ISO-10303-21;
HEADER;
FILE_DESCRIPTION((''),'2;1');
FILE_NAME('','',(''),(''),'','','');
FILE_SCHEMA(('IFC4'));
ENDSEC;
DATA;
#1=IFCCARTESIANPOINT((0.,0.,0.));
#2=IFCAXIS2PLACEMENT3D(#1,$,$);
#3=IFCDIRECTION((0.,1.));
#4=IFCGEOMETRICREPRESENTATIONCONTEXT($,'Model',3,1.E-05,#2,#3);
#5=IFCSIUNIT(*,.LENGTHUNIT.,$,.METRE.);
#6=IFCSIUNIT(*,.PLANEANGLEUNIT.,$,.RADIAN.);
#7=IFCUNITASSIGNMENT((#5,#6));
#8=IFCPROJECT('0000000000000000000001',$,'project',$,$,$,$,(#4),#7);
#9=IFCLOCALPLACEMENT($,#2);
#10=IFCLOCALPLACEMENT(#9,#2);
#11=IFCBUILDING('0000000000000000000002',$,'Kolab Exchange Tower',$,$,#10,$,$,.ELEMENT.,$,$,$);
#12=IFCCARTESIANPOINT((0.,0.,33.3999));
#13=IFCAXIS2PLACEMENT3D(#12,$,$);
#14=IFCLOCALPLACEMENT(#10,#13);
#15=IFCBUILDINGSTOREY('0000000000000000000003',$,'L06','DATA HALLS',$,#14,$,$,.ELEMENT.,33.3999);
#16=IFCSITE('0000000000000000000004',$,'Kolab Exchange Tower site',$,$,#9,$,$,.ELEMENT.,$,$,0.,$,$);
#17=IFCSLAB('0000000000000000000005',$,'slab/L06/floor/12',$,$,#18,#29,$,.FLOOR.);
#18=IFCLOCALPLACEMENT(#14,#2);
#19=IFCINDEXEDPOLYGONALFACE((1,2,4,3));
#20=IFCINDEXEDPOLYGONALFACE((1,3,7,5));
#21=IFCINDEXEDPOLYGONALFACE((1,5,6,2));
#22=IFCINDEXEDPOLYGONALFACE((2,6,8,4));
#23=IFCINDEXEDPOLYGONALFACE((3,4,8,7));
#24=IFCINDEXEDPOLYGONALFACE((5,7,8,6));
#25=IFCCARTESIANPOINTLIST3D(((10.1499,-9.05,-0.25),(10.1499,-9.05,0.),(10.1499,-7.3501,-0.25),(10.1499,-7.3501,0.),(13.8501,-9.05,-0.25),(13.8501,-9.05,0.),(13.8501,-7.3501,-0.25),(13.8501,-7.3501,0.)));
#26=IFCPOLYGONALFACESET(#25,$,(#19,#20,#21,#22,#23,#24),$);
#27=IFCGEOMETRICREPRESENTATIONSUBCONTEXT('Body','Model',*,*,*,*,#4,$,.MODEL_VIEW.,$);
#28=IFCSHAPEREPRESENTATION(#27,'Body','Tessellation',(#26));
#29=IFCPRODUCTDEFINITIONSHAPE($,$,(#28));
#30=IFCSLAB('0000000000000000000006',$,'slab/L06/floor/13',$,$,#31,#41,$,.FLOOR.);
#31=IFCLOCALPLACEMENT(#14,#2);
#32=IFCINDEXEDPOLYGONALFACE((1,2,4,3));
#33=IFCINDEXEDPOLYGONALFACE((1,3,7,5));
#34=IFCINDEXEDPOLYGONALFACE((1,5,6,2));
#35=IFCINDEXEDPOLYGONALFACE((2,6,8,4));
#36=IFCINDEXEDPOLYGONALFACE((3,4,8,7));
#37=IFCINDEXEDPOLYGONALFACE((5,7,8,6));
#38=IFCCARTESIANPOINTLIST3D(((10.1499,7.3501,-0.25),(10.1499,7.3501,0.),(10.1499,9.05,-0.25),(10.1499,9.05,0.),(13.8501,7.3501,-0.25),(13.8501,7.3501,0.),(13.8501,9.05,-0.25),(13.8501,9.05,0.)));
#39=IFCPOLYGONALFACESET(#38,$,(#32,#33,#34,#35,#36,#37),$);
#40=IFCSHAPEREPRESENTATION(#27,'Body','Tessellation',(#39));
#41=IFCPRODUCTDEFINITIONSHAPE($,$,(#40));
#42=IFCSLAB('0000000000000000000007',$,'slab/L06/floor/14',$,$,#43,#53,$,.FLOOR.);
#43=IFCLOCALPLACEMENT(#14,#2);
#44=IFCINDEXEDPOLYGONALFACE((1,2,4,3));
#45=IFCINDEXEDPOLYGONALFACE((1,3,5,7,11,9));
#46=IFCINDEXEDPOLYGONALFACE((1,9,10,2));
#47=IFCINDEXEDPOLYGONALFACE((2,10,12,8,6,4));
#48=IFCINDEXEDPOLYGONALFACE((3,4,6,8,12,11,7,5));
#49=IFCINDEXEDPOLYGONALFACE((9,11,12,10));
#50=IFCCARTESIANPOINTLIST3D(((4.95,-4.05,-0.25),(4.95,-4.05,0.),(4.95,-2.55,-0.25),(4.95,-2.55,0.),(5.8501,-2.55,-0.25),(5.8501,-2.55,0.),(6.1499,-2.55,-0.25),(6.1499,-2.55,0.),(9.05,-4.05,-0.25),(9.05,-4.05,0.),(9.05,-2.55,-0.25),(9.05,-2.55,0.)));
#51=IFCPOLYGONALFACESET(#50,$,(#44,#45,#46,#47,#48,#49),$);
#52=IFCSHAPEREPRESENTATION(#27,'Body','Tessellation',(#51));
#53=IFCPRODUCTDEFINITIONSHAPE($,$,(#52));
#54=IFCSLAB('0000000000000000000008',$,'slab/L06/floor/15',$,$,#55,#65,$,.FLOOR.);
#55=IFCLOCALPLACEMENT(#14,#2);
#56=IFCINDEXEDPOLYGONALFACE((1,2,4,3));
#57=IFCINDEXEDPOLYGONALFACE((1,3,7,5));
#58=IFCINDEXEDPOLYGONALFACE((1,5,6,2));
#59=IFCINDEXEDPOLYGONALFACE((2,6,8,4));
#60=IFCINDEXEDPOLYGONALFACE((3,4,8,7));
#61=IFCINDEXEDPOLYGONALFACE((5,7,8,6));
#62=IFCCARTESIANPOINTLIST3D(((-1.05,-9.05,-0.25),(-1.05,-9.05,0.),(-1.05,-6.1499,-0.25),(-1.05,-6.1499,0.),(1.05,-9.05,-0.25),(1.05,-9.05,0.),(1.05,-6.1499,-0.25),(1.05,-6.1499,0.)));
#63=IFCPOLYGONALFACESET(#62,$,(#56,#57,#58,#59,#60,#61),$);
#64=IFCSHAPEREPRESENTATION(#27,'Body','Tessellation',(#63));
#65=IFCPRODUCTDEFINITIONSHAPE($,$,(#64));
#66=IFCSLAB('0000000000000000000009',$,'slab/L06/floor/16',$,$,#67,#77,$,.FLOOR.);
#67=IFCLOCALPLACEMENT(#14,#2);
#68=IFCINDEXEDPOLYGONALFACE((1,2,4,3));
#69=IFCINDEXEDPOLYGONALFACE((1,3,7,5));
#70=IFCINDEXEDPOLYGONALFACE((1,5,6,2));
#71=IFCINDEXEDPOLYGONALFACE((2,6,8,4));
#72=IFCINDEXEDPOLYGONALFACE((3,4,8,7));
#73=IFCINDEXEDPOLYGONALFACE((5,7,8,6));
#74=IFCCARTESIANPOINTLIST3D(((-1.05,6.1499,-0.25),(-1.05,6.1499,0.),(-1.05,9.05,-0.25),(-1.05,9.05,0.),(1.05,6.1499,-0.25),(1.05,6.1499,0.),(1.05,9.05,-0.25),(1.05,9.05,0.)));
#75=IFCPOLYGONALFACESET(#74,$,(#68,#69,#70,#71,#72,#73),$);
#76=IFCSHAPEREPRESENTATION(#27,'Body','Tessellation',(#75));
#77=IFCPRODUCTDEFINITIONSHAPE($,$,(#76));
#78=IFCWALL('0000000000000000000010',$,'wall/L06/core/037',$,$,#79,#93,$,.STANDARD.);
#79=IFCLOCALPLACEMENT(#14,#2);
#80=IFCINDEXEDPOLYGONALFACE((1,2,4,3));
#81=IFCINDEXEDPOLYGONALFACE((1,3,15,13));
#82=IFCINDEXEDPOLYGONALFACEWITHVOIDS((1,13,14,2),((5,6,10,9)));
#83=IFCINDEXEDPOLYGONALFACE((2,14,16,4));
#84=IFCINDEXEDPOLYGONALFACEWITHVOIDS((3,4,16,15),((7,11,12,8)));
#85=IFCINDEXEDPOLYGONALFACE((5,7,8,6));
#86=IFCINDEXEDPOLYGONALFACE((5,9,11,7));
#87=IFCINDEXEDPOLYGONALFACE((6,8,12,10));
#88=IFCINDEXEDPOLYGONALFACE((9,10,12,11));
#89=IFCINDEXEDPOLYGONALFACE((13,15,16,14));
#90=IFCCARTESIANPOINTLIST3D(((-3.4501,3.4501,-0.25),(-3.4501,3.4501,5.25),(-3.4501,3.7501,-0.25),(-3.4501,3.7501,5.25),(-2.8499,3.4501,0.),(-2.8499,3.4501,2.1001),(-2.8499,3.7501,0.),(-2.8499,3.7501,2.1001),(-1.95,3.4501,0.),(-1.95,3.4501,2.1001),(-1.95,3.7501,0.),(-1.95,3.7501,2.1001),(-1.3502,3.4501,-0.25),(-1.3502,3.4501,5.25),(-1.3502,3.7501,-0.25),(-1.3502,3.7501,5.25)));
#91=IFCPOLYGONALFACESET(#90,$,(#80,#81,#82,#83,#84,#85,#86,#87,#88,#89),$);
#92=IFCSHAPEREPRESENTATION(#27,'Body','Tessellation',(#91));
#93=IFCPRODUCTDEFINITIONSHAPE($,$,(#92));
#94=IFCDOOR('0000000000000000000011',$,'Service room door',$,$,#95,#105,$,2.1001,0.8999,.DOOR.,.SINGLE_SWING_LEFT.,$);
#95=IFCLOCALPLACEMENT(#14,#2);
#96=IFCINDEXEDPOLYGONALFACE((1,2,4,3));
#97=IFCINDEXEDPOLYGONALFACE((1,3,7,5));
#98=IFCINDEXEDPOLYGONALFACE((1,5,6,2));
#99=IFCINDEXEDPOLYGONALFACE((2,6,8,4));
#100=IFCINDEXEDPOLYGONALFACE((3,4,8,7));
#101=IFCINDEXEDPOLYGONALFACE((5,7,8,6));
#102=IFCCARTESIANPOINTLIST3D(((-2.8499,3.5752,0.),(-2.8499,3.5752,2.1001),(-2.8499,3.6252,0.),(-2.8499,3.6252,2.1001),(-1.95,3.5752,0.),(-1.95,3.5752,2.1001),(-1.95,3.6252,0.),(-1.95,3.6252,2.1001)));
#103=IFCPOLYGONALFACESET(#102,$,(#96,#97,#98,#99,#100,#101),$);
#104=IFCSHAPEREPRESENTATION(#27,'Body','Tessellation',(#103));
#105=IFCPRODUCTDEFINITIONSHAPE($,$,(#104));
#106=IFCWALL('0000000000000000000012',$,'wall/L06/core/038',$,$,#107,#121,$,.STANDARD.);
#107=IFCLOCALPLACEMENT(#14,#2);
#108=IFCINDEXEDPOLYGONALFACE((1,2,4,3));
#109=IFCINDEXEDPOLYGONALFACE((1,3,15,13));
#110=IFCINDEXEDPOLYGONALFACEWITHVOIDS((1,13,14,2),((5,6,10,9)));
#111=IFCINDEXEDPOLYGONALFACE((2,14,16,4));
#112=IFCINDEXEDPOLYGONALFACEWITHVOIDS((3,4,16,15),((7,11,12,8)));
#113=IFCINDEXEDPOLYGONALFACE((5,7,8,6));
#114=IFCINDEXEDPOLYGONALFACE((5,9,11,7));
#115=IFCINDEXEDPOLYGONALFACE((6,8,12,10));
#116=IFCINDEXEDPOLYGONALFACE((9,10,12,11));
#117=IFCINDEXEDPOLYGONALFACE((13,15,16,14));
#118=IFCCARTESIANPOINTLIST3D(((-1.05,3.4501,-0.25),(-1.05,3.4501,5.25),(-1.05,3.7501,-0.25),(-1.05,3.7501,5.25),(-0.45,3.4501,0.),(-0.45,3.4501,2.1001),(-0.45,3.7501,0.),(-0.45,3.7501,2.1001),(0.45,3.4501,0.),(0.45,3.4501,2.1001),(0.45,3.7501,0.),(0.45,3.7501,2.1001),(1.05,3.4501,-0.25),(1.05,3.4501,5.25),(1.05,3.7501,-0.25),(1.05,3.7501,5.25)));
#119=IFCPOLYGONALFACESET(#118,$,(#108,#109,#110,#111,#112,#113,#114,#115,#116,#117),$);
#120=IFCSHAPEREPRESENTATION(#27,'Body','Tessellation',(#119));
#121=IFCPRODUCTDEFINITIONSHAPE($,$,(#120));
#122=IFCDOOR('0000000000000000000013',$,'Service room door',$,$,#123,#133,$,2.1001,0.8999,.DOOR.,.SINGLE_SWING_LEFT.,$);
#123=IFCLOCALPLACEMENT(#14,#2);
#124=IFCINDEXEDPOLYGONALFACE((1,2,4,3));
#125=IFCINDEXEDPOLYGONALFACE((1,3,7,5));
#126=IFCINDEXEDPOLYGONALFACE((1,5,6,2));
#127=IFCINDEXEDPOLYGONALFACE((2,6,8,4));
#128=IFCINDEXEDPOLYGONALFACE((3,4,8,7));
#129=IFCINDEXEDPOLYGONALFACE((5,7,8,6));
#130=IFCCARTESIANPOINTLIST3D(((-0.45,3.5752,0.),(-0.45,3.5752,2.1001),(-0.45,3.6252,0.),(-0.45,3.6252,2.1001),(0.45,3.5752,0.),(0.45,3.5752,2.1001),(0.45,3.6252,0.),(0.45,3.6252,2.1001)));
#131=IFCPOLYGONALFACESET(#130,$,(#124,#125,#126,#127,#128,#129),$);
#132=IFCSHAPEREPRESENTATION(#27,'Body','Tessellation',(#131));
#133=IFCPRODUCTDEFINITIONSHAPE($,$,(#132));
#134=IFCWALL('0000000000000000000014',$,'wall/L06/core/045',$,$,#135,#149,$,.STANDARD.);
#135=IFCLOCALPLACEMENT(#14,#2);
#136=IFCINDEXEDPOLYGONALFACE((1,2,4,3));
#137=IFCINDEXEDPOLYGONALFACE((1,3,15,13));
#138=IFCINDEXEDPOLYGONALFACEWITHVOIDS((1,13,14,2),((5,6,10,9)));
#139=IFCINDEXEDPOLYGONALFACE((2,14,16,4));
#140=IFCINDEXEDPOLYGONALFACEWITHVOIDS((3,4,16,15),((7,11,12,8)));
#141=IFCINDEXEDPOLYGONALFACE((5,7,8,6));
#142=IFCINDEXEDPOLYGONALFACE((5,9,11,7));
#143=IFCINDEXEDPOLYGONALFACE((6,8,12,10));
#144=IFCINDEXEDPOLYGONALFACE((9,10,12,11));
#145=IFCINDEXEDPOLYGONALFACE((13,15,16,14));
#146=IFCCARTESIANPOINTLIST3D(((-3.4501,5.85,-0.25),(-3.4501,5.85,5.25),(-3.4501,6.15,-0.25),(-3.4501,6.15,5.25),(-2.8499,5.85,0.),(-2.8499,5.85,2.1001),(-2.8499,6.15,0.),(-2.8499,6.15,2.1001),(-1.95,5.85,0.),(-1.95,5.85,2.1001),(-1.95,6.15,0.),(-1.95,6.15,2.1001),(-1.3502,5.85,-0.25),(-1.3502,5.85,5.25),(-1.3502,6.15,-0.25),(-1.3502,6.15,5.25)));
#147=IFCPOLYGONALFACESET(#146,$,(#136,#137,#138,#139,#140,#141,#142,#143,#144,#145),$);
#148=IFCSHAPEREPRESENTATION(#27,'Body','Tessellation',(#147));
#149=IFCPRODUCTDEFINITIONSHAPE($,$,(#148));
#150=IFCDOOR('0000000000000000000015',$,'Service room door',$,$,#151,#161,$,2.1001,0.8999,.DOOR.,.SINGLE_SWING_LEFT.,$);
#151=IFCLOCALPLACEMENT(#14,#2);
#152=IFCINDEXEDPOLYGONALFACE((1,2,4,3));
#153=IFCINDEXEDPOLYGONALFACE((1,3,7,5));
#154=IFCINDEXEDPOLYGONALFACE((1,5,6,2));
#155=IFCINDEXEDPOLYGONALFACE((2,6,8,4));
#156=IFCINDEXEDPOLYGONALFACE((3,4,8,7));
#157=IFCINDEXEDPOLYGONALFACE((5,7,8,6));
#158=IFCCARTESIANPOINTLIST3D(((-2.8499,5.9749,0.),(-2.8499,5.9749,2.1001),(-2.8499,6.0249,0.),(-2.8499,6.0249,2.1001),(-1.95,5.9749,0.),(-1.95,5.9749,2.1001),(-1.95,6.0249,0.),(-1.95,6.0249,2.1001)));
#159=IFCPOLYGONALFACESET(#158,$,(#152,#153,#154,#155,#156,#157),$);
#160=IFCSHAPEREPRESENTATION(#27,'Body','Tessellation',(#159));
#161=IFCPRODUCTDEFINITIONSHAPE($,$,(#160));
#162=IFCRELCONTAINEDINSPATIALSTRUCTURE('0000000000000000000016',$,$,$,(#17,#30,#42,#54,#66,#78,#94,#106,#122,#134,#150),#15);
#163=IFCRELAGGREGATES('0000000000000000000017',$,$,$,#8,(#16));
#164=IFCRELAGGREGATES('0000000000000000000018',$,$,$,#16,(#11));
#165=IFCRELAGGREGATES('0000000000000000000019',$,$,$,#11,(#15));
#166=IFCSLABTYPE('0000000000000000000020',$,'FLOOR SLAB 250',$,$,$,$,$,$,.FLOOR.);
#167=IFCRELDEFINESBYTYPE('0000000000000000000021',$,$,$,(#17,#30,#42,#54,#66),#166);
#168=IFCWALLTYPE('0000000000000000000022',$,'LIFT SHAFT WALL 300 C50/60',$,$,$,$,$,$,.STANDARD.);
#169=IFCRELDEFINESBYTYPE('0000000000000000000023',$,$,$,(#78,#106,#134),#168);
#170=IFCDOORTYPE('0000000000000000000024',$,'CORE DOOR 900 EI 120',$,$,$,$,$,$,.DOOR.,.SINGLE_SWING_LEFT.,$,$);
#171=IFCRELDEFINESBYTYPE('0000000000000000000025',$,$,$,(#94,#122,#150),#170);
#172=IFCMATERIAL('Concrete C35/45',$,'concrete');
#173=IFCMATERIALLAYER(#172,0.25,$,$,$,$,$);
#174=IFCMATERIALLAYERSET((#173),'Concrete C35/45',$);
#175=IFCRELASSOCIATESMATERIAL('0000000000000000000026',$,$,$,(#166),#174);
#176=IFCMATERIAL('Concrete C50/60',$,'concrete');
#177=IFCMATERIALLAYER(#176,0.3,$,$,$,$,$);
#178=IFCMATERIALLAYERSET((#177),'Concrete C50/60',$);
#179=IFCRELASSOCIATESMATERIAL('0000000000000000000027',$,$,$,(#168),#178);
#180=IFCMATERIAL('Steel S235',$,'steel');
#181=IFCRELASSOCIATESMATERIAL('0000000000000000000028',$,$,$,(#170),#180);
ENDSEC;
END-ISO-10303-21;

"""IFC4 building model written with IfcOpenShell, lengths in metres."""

from ifc_helpers import new_model, si_unit, direction, frame, frame_2d, origin, place, context, subcontext, project, spatial, polyline, rectangle, outline, extrude, material, layer, layer_set, type_object, element, fill, save


model = new_model("IFC4")

# Units and contexts
model_context = context("Model", 3, precision=1e-05, world=origin(), true_north=direction((0.0, 1.0)))
body_context = subcontext(model_context, "Body", "Model", "MODEL_VIEW")
ifc_project = project(units=[si_unit("LENGTHUNIT", "METRE"), si_unit("PLANEANGLEUNIT", "RADIAN")], contexts=[model_context])

# Site, building, storey
site_placement = place(None, origin())
site = spatial("IfcSite", under=ifc_project, at=site_placement, Name="Kolab Exchange Tower site", CompositionType="ELEMENT", RefElevation=0.0)
building_placement = place(site_placement, origin())
building = spatial("IfcBuilding", under=site, at=building_placement, Name="Kolab Exchange Tower", CompositionType="ELEMENT")
storey_placement = place(building_placement, frame((0.0, 0.0, 33.3999)))
storey = spatial("IfcBuildingStorey", under=building, at=storey_placement, Name="L06", Description="DATA HALLS", CompositionType="ELEMENT", Elevation=33.3999)

# Slabs
ifc_material_1 = material(Name="Concrete C35/45", Category="concrete")
ifc_layer_1 = layer(ifc_material_1, 0.25)
ifc_layer_set_1 = layer_set([ifc_layer_1], Name="Concrete C35/45")
slab_type = type_object("IfcSlabType", Name="FLOOR SLAB 250", PredefinedType="FLOOR", material=ifc_layer_set_1)
slab_1_placement = place(storey_placement, frame((0.0, 0.0, -0.25)))
element("IfcSlab", 1, at=slab_1_placement, inside=storey, type_object=slab_type, Name="slab/L06/floor/12", PredefinedType="FLOOR", context=body_context, shape_type="SweptSolid", body=[
    extrude(outline(polyline([(10.1499, -7.3501), (10.1499, -9.05), (13.8501, -9.05), (13.8501, -7.3501), (10.1499, -7.3501)])), origin(), (0.0, 0.0, 1.0), 0.25),
])
slab_2_placement = place(storey_placement, frame((0.0, 0.0, -0.25)))
element("IfcSlab", 2, at=slab_2_placement, inside=storey, type_object=slab_type, Name="slab/L06/floor/13", PredefinedType="FLOOR", context=body_context, shape_type="SweptSolid", body=[
    extrude(outline(polyline([(10.1499, 7.3501), (13.8501, 7.3501), (13.8501, 9.05), (10.1499, 9.05), (10.1499, 7.3501)])), origin(), (0.0, 0.0, 1.0), 0.25),
])
slab_3_placement = place(storey_placement, frame((0.0, 0.0, -0.25)))
element("IfcSlab", 3, at=slab_3_placement, inside=storey, type_object=slab_type, Name="slab/L06/floor/14", PredefinedType="FLOOR", context=body_context, shape_type="SweptSolid", body=[
    extrude(outline(polyline([(9.05, -4.05), (9.05, -2.55), (6.1499, -2.55), (5.8501, -2.55), (4.95, -2.55), (4.95, -4.05), (9.05, -4.05)])), origin(), (0.0, 0.0, 1.0), 0.25),
])
slab_4_placement = place(storey_placement, frame((0.0, 0.0, -0.25)))
element("IfcSlab", 4, at=slab_4_placement, inside=storey, type_object=slab_type, Name="slab/L06/floor/15", PredefinedType="FLOOR", context=body_context, shape_type="SweptSolid", body=[
    extrude(outline(polyline([(1.05, -6.1499), (-1.05, -6.1499), (-1.05, -9.05), (1.05, -9.05), (1.05, -6.1499)])), origin(), (0.0, 0.0, 1.0), 0.25),
])
slab_5_placement = place(storey_placement, frame((0.0, 0.0, -0.25)))
element("IfcSlab", 5, at=slab_5_placement, inside=storey, type_object=slab_type, Name="slab/L06/floor/16", PredefinedType="FLOOR", context=body_context, shape_type="SweptSolid", body=[
    extrude(outline(polyline([(-1.05, 9.05), (-1.05, 6.1499), (1.05, 6.1499), (1.05, 9.05), (-1.05, 9.05)])), origin(), (0.0, 0.0, 1.0), 0.25),
])

# Walls, openings, doors
ifc_material_2 = material(Name="Concrete C50/60", Category="concrete")
ifc_layer_2 = layer(ifc_material_2, 0.3)
ifc_layer_set_2 = layer_set([ifc_layer_2], Name="Concrete C50/60")
wall_type = type_object("IfcWallType", Name="LIFT SHAFT WALL 300 C50/60", PredefinedType="STANDARD", material=ifc_layer_set_2)
wall_1_placement = place(storey_placement, frame((-3.45, 3.6001, -0.25), z_axis=(0.0, 0.0, 1.0), x_axis=(1.0, 0.0, 0.0)))
wall_1 = element("IfcWall", 6, at=wall_1_placement, inside=storey, type_object=wall_type, Name="wall/L06/core/037", PredefinedType="STANDARD", context=body_context, shape_type="SweptSolid", body=[
    extrude(rectangle(XDim=2.0999, YDim=0.3, at=frame_2d((1.0498, 0.0))), origin(), (0.0, 0.0, 1.0), 5.5),
])
opening_1_placement = place(wall_1_placement, frame((0.6001, 0.0, 0.25)))
opening_1 = element("IfcOpeningElement", 7, at=opening_1_placement, cuts=wall_1, PredefinedType="OPENING", context=body_context, shape_type="SweptSolid", body=[
    extrude(rectangle(XDim=0.8999, YDim=2.1001, at=frame_2d((0.45, 1.05))), frame((0.0, 0.1602, 0.0), z_axis=(0.0, -1.0, 0.0), x_axis=(1.0, 0.0, 0.0)), (0.0, 0.0, 1.0), 0.3201),
])
ifc_material_3 = material(Name="Steel S235", Category="steel")
door_type = type_object("IfcDoorType", Name="CORE DOOR 900 EI 120", OperationType="SINGLE_SWING_LEFT", PredefinedType="DOOR", material=ifc_material_3)
door_1_placement = place(opening_1_placement, frame((0.8999, 0.0, 0.0), z_axis=(0.0, 0.0, 1.0), x_axis=(-1.0, 0.0, 0.0)))
door_1 = element("IfcDoor", 8, at=door_1_placement, inside=storey, type_object=door_type, Name="Service room door", OperationType="SINGLE_SWING_LEFT", OverallHeight=2.1001, OverallWidth=0.8999, PredefinedType="DOOR", context=body_context, shape_type="SweptSolid", body=[
    extrude(rectangle(XDim=0.8999, YDim=2.1001, at=frame_2d((0.45, 1.05))), frame((0.0, 0.0249, 0.0), z_axis=(0.0, -1.0, 0.0), x_axis=(1.0, 0.0, 0.0)), (0.0, 0.0, 1.0), 0.05),
])
fill(opening_1, door_1)
wall_2_placement = place(storey_placement, frame((-1.05, 3.6001, -0.25), z_axis=(0.0, 0.0, 1.0), x_axis=(1.0, 0.0, 0.0)))
wall_2 = element("IfcWall", 9, at=wall_2_placement, inside=storey, type_object=wall_type, Name="wall/L06/core/038", PredefinedType="STANDARD", context=body_context, shape_type="SweptSolid", body=[
    extrude(rectangle(XDim=2.1001, YDim=0.3, at=frame_2d((1.05, 0.0))), origin(), (0.0, 0.0, 1.0), 5.5),
])
opening_2_placement = place(wall_2_placement, frame((0.6001, 0.0, 0.25)))
opening_2 = element("IfcOpeningElement", 10, at=opening_2_placement, cuts=wall_2, PredefinedType="OPENING", context=body_context, shape_type="SweptSolid", body=[
    extrude(rectangle(XDim=0.8999, YDim=2.1001, at=frame_2d((0.45, 1.05))), frame((0.0, 0.1602, 0.0), z_axis=(0.0, -1.0, 0.0), x_axis=(1.0, 0.0, 0.0)), (0.0, 0.0, 1.0), 0.3201),
])
door_2_placement = place(opening_2_placement, frame((0.8999, 0.0, 0.0), z_axis=(0.0, 0.0, 1.0), x_axis=(-1.0, 0.0, 0.0)))
door_2 = element("IfcDoor", 11, at=door_2_placement, inside=storey, type_object=door_type, Name="Service room door", OperationType="SINGLE_SWING_LEFT", OverallHeight=2.1001, OverallWidth=0.8999, PredefinedType="DOOR", context=body_context, shape_type="SweptSolid", body=[
    extrude(rectangle(XDim=0.8999, YDim=2.1001, at=frame_2d((0.45, 1.05))), frame((0.0, 0.0249, 0.0), z_axis=(0.0, -1.0, 0.0), x_axis=(1.0, 0.0, 0.0)), (0.0, 0.0, 1.0), 0.05),
])
fill(opening_2, door_2)
wall_3_placement = place(storey_placement, frame((-3.45, 6.0, -0.25), z_axis=(0.0, 0.0, 1.0), x_axis=(1.0, 0.0, 0.0)))
wall_3 = element("IfcWall", 12, at=wall_3_placement, inside=storey, type_object=wall_type, Name="wall/L06/core/045", PredefinedType="STANDARD", context=body_context, shape_type="SweptSolid", body=[
    extrude(rectangle(XDim=2.0999, YDim=0.3, at=frame_2d((1.0498, 0.0))), origin(), (0.0, 0.0, 1.0), 5.5),
])
opening_3_placement = place(wall_3_placement, frame((0.6001, 0.0, 0.25)))
opening_3 = element("IfcOpeningElement", 13, at=opening_3_placement, cuts=wall_3, PredefinedType="OPENING", context=body_context, shape_type="SweptSolid", body=[
    extrude(rectangle(XDim=0.8999, YDim=2.1001, at=frame_2d((0.45, 1.05))), frame((0.0, 0.1602, 0.0), z_axis=(0.0, -1.0, 0.0), x_axis=(1.0, 0.0, 0.0)), (0.0, 0.0, 1.0), 0.3201),
])
door_3_placement = place(opening_3_placement, origin())
door_3 = element("IfcDoor", 14, at=door_3_placement, inside=storey, type_object=door_type, Name="Service room door", OperationType="SINGLE_SWING_LEFT", OverallHeight=2.1001, OverallWidth=0.8999, PredefinedType="DOOR", context=body_context, shape_type="SweptSolid", body=[
    extrude(rectangle(XDim=0.8999, YDim=2.1001, at=frame_2d((0.45, 1.05))), frame((0.0, 0.0249, 0.0), z_axis=(0.0, -1.0, 0.0), x_axis=(1.0, 0.0, 0.0)), (0.0, 0.0, 1.0), 0.05),
])
fill(opening_3, door_3)

save(model, "model.ifc")
